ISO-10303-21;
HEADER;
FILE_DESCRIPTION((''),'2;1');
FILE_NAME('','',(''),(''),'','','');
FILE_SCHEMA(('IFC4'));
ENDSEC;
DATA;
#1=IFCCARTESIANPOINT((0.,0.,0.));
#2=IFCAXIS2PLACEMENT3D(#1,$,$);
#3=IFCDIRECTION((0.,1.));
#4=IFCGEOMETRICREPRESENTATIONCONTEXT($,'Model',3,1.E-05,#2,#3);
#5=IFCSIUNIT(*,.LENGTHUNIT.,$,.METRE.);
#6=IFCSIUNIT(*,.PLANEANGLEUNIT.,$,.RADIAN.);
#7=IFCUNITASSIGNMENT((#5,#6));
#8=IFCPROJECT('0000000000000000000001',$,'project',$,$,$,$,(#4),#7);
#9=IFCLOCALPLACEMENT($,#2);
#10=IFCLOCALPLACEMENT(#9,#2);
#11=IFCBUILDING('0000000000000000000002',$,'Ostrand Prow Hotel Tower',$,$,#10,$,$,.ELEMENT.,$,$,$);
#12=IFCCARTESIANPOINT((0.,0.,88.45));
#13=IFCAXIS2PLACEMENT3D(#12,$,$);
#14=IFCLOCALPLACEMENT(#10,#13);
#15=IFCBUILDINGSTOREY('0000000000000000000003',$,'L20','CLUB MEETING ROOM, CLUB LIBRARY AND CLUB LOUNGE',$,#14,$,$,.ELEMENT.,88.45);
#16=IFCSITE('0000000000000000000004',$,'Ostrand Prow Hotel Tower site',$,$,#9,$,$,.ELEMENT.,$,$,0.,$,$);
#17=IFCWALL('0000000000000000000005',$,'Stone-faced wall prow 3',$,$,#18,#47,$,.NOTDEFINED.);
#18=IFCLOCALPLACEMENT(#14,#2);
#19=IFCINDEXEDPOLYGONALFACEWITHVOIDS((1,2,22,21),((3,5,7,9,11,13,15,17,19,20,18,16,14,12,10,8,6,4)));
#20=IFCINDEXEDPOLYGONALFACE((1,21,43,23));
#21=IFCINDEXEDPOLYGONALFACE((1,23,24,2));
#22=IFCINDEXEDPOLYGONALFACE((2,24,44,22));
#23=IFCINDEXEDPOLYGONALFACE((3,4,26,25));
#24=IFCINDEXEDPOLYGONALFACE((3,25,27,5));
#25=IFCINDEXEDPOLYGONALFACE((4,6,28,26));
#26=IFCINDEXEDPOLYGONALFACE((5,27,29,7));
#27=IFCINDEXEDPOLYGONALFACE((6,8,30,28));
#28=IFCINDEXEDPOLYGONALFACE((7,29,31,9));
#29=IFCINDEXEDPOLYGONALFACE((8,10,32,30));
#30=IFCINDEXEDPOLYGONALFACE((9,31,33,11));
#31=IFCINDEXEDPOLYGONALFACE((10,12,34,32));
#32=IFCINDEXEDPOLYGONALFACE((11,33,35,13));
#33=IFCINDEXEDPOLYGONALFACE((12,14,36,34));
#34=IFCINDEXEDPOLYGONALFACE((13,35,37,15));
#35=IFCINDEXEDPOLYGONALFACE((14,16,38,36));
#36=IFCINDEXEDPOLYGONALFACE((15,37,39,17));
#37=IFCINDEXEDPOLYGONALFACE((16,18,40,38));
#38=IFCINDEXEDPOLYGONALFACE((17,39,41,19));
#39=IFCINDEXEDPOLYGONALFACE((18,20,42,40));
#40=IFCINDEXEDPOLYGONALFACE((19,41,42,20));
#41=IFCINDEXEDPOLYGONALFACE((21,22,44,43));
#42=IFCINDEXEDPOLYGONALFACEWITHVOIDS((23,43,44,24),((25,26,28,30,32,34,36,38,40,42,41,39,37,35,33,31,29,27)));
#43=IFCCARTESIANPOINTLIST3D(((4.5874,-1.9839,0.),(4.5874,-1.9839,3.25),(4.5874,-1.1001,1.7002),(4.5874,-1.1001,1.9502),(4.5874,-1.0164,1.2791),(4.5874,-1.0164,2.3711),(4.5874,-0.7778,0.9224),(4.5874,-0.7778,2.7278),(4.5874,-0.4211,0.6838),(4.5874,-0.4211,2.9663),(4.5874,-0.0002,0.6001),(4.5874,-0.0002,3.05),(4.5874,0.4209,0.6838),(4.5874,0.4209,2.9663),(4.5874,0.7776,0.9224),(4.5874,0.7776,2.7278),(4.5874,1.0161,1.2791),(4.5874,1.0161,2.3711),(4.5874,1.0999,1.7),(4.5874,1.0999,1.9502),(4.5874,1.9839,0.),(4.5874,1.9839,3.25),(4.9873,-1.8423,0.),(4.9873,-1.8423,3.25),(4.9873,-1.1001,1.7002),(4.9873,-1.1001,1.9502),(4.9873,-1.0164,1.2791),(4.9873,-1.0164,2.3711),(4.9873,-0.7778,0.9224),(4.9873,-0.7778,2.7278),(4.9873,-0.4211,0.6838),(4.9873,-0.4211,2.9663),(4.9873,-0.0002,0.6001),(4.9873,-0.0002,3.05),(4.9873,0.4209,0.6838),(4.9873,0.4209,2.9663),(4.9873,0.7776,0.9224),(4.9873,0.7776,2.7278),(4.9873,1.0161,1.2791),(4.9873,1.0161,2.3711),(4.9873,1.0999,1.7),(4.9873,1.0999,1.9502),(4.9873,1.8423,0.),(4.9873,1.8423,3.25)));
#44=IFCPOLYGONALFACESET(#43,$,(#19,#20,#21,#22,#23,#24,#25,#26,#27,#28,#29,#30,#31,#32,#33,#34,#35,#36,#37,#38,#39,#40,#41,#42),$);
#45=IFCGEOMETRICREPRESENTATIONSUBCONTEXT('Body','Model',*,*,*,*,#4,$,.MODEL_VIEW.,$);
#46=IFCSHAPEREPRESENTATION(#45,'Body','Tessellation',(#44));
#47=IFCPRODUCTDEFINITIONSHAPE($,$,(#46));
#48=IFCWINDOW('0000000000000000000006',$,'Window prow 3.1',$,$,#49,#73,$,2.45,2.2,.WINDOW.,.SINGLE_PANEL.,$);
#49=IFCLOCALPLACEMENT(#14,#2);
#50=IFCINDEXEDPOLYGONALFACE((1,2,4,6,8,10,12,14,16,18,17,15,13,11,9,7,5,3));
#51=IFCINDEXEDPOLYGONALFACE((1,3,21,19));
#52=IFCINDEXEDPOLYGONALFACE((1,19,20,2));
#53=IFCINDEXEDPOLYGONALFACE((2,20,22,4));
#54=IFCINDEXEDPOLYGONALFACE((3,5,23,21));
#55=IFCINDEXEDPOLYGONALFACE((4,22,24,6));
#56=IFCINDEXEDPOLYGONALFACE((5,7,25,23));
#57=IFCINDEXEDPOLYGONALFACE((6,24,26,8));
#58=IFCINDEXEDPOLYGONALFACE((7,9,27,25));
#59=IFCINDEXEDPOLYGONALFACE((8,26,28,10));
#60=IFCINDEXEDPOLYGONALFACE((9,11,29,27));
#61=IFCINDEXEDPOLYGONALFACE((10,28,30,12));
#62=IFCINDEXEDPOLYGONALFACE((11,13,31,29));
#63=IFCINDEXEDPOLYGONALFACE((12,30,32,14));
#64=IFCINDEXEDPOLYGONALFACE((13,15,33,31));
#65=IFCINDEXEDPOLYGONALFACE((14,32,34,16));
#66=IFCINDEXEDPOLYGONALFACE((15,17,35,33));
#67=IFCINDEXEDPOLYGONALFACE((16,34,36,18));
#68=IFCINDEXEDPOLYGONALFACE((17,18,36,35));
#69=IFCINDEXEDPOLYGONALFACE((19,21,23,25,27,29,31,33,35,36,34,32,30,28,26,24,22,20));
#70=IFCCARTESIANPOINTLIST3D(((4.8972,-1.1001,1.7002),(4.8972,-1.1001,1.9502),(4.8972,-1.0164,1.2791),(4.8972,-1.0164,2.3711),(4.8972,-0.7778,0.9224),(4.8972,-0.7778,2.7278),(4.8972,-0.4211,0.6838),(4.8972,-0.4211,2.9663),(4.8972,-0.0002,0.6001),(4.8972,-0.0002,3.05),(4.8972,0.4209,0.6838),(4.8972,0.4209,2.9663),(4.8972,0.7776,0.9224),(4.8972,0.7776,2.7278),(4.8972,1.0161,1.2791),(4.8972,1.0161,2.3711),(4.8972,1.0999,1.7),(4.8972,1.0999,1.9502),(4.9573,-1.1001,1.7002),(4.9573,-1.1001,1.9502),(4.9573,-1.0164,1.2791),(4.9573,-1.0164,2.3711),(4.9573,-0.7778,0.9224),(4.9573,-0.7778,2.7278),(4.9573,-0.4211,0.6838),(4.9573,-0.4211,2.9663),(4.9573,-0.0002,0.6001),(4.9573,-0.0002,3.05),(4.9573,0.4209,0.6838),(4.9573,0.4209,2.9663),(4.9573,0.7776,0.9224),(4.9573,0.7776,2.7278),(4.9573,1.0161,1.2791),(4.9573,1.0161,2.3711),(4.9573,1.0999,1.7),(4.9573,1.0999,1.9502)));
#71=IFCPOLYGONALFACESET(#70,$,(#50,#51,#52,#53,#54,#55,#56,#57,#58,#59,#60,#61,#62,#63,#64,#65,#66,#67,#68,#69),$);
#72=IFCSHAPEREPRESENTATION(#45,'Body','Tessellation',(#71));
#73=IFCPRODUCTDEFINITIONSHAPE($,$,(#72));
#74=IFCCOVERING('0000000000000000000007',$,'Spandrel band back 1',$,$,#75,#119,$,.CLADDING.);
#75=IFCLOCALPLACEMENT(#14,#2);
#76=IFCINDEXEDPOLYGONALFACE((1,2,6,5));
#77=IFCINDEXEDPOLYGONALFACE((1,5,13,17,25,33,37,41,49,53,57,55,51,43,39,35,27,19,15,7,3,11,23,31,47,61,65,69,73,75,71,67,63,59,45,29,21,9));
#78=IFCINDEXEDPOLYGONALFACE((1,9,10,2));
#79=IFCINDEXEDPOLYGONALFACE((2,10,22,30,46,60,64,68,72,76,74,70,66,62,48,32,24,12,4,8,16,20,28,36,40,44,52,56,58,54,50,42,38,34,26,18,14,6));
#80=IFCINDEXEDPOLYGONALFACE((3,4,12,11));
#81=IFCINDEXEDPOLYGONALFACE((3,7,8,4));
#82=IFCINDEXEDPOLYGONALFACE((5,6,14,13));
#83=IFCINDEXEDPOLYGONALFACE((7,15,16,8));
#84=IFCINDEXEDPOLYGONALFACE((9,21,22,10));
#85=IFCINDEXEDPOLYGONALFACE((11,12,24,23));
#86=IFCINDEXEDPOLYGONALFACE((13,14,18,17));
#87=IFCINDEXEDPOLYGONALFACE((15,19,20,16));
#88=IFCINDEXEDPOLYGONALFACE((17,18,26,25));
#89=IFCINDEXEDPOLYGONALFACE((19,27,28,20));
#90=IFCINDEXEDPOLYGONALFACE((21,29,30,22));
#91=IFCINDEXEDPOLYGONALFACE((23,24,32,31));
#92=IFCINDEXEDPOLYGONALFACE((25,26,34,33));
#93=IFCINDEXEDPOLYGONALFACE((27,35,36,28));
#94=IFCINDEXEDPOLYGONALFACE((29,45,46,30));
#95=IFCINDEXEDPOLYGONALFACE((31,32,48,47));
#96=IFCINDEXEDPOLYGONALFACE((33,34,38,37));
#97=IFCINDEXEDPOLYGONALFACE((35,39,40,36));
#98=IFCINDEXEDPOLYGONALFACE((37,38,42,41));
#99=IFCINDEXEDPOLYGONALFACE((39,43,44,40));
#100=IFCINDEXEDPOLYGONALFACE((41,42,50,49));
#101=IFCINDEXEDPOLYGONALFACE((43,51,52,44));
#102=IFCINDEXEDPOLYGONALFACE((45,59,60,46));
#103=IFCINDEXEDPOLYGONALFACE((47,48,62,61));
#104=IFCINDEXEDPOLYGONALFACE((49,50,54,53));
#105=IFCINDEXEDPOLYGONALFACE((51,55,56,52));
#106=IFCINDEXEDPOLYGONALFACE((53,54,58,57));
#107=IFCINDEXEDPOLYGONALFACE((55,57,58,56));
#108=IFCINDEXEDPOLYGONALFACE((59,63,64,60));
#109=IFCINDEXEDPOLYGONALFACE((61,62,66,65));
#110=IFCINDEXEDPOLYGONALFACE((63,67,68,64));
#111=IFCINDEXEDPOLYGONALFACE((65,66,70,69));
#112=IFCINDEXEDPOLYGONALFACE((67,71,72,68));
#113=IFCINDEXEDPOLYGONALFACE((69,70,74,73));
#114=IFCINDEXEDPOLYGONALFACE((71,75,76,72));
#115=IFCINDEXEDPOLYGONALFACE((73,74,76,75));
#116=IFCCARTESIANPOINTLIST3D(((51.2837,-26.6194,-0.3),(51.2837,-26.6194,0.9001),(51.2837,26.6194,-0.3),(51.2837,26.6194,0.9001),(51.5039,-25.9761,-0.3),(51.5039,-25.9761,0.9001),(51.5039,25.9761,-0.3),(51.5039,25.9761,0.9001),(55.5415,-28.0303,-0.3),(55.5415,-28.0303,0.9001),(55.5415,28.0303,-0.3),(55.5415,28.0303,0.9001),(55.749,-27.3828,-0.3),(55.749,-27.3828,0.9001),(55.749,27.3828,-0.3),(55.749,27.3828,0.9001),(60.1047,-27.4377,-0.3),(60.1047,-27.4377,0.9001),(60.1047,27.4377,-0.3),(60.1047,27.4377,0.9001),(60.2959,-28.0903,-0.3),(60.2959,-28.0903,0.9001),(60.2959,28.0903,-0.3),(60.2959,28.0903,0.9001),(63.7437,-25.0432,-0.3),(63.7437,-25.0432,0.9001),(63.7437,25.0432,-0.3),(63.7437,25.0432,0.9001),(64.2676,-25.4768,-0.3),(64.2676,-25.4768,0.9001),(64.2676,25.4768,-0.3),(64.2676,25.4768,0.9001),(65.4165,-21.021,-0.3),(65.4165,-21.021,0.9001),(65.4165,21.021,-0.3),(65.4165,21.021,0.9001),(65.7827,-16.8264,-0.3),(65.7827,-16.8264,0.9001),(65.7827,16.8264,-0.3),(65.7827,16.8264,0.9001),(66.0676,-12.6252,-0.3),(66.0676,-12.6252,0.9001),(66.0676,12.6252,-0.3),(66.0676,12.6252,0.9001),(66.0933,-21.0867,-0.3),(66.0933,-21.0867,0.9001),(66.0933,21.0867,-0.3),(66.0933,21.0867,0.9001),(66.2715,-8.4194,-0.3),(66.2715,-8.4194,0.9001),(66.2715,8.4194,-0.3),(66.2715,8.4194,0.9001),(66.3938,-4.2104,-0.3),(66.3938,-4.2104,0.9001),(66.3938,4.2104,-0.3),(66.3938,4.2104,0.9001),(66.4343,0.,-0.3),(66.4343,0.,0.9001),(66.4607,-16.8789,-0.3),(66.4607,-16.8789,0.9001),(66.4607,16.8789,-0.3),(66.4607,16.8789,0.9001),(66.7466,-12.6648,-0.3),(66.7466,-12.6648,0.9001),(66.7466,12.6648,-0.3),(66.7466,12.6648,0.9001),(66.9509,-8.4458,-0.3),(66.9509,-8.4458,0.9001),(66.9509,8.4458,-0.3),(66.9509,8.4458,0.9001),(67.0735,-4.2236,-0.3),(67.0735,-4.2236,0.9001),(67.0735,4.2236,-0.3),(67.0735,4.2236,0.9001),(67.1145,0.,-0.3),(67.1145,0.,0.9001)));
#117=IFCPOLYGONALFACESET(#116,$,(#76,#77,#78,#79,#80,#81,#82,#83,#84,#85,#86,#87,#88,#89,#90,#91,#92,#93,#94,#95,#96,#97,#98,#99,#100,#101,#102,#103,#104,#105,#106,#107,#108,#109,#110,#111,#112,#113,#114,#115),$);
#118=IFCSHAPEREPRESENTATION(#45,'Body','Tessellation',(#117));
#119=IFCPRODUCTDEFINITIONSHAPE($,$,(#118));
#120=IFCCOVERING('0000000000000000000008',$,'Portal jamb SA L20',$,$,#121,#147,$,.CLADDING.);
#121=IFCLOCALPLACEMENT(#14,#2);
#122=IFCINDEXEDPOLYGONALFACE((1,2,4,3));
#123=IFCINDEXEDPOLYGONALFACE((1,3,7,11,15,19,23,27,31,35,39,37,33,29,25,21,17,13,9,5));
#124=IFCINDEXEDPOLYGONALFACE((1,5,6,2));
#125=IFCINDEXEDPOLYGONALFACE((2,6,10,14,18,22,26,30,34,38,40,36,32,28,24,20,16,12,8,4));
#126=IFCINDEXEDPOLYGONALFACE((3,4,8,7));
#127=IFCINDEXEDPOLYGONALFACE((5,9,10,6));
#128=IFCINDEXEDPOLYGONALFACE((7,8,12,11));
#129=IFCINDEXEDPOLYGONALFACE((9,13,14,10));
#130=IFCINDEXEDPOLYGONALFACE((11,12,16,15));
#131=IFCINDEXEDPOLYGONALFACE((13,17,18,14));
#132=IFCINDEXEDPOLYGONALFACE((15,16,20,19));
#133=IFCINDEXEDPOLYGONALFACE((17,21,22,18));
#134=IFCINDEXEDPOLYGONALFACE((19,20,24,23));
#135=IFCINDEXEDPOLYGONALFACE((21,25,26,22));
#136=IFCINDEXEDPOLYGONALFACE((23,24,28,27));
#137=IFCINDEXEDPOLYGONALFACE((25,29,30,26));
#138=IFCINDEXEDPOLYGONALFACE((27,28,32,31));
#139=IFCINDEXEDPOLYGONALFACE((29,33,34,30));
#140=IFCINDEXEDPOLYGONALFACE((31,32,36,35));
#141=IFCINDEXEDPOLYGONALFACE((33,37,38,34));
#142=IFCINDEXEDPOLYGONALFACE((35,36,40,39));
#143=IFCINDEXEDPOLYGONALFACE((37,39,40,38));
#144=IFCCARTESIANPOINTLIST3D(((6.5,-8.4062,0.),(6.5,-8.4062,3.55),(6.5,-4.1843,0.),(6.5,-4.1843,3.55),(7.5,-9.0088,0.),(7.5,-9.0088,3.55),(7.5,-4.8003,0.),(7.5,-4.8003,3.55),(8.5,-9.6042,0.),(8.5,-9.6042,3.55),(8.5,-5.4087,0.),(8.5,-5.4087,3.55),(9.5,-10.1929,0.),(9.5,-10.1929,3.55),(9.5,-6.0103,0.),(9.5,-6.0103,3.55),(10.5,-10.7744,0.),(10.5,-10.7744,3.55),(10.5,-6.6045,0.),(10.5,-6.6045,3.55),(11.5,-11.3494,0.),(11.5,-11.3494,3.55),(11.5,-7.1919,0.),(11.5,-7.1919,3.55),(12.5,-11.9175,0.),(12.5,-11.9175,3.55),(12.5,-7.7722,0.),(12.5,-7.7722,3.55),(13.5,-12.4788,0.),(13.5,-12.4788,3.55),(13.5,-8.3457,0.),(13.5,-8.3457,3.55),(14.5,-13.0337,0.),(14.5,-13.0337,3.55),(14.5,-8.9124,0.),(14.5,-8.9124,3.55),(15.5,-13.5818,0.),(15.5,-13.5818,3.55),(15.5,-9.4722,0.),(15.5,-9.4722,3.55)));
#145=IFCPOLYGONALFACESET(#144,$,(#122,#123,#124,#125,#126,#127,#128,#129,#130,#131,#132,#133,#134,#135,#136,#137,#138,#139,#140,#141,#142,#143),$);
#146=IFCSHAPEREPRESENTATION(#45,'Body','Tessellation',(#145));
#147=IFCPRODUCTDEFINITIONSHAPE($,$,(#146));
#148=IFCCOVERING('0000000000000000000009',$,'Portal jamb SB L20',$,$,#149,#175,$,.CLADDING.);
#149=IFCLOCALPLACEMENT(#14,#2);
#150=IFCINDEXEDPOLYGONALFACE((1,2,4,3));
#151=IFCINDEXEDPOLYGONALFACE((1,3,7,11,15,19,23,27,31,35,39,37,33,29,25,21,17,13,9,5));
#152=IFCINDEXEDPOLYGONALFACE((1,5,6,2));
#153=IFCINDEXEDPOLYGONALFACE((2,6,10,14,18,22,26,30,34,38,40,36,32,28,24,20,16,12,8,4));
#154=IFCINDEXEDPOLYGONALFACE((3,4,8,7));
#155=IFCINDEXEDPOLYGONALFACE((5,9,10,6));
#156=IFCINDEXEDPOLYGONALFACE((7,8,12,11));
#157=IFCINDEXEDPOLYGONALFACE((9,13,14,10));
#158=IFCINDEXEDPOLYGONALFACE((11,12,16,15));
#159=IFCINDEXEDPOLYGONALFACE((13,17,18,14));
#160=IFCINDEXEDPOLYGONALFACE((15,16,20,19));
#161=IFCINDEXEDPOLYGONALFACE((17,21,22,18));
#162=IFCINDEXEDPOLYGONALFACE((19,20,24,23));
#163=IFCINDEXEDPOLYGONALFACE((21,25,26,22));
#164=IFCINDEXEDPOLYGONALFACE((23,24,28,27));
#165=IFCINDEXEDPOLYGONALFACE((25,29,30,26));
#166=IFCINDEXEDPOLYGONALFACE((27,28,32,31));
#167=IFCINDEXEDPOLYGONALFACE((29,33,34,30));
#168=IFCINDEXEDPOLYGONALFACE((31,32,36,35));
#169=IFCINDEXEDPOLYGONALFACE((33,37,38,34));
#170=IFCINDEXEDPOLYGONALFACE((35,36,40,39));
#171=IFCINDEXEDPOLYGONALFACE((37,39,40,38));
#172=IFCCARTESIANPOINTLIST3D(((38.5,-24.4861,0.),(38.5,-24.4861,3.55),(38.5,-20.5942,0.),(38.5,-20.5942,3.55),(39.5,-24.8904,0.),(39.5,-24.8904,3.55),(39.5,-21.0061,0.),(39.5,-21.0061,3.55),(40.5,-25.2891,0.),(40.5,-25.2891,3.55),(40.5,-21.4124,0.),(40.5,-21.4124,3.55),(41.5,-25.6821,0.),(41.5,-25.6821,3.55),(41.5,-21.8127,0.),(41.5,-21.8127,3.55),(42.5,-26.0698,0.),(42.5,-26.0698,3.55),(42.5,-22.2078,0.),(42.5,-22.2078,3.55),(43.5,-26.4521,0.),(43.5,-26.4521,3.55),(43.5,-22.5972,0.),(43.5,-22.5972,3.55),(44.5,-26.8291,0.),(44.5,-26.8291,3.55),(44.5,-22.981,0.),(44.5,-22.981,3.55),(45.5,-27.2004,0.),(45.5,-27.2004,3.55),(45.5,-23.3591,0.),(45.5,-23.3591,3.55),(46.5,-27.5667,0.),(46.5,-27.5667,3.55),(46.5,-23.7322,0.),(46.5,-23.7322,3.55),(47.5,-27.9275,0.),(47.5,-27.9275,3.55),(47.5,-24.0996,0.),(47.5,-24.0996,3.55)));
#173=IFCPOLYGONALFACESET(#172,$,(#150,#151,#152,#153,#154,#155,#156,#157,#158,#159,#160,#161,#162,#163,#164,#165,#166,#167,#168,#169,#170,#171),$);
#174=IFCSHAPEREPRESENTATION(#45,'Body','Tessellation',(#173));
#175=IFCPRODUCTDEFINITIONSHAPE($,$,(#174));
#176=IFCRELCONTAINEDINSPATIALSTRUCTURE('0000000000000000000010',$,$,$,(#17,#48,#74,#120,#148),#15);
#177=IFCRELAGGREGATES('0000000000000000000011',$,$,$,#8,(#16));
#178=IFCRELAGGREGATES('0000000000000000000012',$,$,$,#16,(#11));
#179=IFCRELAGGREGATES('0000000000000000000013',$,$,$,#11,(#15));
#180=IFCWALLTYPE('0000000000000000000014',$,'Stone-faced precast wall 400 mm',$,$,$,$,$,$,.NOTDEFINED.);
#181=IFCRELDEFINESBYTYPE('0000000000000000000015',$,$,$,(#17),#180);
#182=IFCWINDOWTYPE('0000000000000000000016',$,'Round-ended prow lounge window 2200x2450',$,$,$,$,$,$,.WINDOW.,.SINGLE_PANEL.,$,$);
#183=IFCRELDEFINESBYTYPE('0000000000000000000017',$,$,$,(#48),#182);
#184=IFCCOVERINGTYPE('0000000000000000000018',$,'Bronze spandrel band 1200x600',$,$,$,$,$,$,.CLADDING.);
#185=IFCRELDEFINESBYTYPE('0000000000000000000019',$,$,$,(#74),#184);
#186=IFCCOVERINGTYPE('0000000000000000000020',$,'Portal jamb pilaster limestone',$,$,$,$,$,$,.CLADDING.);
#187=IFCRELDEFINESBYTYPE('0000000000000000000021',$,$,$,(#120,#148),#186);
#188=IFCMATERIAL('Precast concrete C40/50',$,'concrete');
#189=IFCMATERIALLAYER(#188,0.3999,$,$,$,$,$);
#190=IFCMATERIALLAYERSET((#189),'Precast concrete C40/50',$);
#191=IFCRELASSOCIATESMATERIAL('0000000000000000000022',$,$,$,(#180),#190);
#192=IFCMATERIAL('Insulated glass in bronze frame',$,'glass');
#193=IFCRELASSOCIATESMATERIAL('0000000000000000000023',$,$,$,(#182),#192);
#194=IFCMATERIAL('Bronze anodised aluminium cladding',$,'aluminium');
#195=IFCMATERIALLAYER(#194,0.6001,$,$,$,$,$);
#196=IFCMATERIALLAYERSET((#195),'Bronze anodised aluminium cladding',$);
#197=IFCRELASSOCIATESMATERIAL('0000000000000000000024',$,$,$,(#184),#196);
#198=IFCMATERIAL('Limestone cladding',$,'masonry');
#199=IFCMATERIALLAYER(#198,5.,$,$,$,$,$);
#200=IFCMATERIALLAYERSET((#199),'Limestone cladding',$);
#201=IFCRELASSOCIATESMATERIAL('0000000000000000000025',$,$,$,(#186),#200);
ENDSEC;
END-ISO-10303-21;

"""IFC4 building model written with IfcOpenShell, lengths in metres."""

from ifc_helpers import new_model, si_unit, direction, frame, origin, place, context, subcontext, project, spatial, polyline, outline, extrude, material, layer, layer_set, type_object, element, fill, save


model = new_model("IFC4")

# Units and contexts
model_context = context("Model", 3, precision=1e-05, world=origin(), true_north=direction((0.0, 1.0)))
body_context = subcontext(model_context, "Body", "Model", "MODEL_VIEW")
ifc_project = project(units=[si_unit("LENGTHUNIT", "METRE"), si_unit("PLANEANGLEUNIT", "RADIAN")], contexts=[model_context])

# Site, building, storey
site_placement = place(None, origin())
site = spatial("IfcSite", under=ifc_project, at=site_placement, Name="Ostrand Prow Hotel Tower site", CompositionType="ELEMENT", RefElevation=0.0)
building_placement = place(site_placement, origin())
building = spatial("IfcBuilding", under=site, at=building_placement, Name="Ostrand Prow Hotel Tower", CompositionType="ELEMENT")
storey_placement = place(building_placement, frame((0.0, 0.0, 88.45)))
storey = spatial("IfcBuildingStorey", under=building, at=storey_placement, Name="L20", Description="CLUB MEETING ROOM, CLUB LIBRARY AND CLUB LOUNGE", CompositionType="ELEMENT", Elevation=88.45)

# Wall, opening, window
ifc_material_1 = material(Name="Precast concrete C40/50", Category="concrete")
ifc_layer_1 = layer(ifc_material_1, 0.3999)
ifc_layer_set_1 = layer_set([ifc_layer_1], Name="Precast concrete C40/50")
wall_type_1 = type_object("IfcWallType", Name="Stone-faced precast wall 400 mm", PredefinedType="NOTDEFINED", material=ifc_layer_set_1)
ifc_material_2 = material(Name="Insulated glass in bronze frame", Category="glass")
window_type = type_object("IfcWindowType", Name="Round-ended prow lounge window 2200x2450", PartitioningType="SINGLE_PANEL", PredefinedType="WINDOW", material=ifc_material_2)
wall_1_placement = place(storey_placement, frame((4.7874, 1.9131, 0.0), z_axis=(0.0, 0.0, 1.0), x_axis=(0.0, -1.0, 0.0)))
wall_1 = element("IfcWall", 1, at=wall_1_placement, inside=storey, type_object=wall_type_1, Name="Stone-faced wall prow 3", PredefinedType="NOTDEFINED", context=body_context, shape_type="SweptSolid", body=[
    extrude(outline(polyline([(-0.0708, -0.2), (3.897, -0.2), (3.7554, 0.2), (0.0708, 0.2), (-0.0708, -0.2)])), origin(), (0.0, 0.0, 1.0), 3.25),
])
opening_1_placement = place(wall_1_placement, frame((0.8132, 0.0, 0.6001)))
opening_1 = element("IfcOpeningElement", 2, at=opening_1_placement, cuts=wall_1, PredefinedType="OPENING", context=body_context, shape_type="SweptSolid", body=[
    extrude(outline(polyline([(0.0, 1.3501), (0.0837, 1.771), (0.3223, 2.1277), (0.679, 2.3662), (1.1001, 2.45), (1.521, 2.3662), (1.8777, 2.1277), (2.1162, 1.771), (2.2, 1.3501), (2.2, 1.1001), (2.1162, 0.679), (1.8777, 0.3223), (1.521, 0.0837), (1.1001, 0.0), (0.679, 0.0837), (0.3223, 0.3223), (0.0837, 0.679), (0.0, 1.0999), (0.0, 1.3501)])), frame((0.0, 0.21, 0.0), z_axis=(0.0, -1.0, 0.0), x_axis=(1.0, 0.0, 0.0)), (0.0, 0.0, 1.0), 0.4199),
])
window_1_placement = place(opening_1_placement, origin())
window_1 = element("IfcWindow", 3, at=window_1_placement, inside=storey, type_object=window_type, Name="Window prow 3.1", OverallHeight=2.45, OverallWidth=2.2, PartitioningType="SINGLE_PANEL", PredefinedType="WINDOW", context=body_context, shape_type="SweptSolid", body=[
    extrude(outline(polyline([(0.0, 1.3501), (0.0837, 1.771), (0.3223, 2.1277), (0.679, 2.3662), (1.1001, 2.45), (1.521, 2.3662), (1.8777, 2.1277), (2.1162, 1.771), (2.2, 1.3501), (2.2, 1.1001), (2.1162, 0.679), (1.8777, 0.3223), (1.521, 0.0837), (1.1001, 0.0), (0.679, 0.0837), (0.3223, 0.3223), (0.0837, 0.679), (0.0, 1.0999), (0.0, 1.3501)])), frame((0.0, 0.1699, 0.0), z_axis=(0.0, -1.0, 0.0), x_axis=(1.0, 0.0, 0.0)), (0.0, 0.0, 1.0), 0.0601),
])
fill(opening_1, window_1)

# Coverings
ifc_material_3 = material(Name="Bronze anodised aluminium cladding", Category="aluminium")
ifc_layer_2 = layer(ifc_material_3, 0.6001)
ifc_layer_set_2 = layer_set([ifc_layer_2], Name="Bronze anodised aluminium cladding")
covering_type_1 = type_object("IfcCoveringType", Name="Bronze spandrel band 1200x600", PredefinedType="CLADDING", material=ifc_layer_set_2)
covering_1_placement = place(storey_placement, frame((0.0, 0.0, -0.3)))
element("IfcCovering", 4, at=covering_1_placement, inside=storey, type_object=covering_type_1, Name="Spandrel band back 1", PredefinedType="CLADDING", context=body_context, shape_type="SweptSolid", body=[
    extrude(outline(polyline([(51.2837, -26.6194), (55.5415, -28.0303), (60.2959, -28.0903), (64.2676, -25.4768), (66.0933, -21.0867), (66.4607, -16.8789), (66.7466, -12.6648), (66.9509, -8.4458), (67.0735, -4.2236), (67.1145, 0.0), (67.0735, 4.2236), (66.9509, 8.4458), (66.7466, 12.6648), (66.4607, 16.8789), (66.0933, 21.0867), (64.2676, 25.4768), (60.2959, 28.0903), (55.5415, 28.0303), (51.2837, 26.6194), (51.5039, 25.9761), (55.749, 27.3828), (60.1047, 27.4377), (63.7437, 25.0432), (65.4165, 21.021), (65.7827, 16.8264), (66.0676, 12.6252), (66.2715, 8.4194), (66.3938, 4.2104), (66.4343, 0.0), (66.3938, -4.2104), (66.2715, -8.4194), (66.0676, -12.6252), (65.7827, -16.8264), (65.4165, -21.021), (63.7437, -25.0432), (60.1047, -27.4377), (55.749, -27.3828), (51.5039, -25.9761), (51.2837, -26.6194)])), origin(), (0.0, 0.0, 1.0), 1.2002),
])
ifc_material_4 = material(Name="Limestone cladding", Category="masonry")
ifc_layer_3 = layer(ifc_material_4, 5.0)
ifc_layer_set_3 = layer_set([ifc_layer_3], Name="Limestone cladding")
covering_type_2 = type_object("IfcCoveringType", Name="Portal jamb pilaster limestone", PredefinedType="CLADDING", material=ifc_layer_set_3)
covering_2_placement = place(storey_placement, origin())
element("IfcCovering", 5, at=covering_2_placement, inside=storey, type_object=covering_type_2, Name="Portal jamb SA L20", PredefinedType="CLADDING", context=body_context, shape_type="SweptSolid", body=[
    extrude(outline(polyline([(6.5, -4.1843), (6.5, -8.4062), (7.5, -9.0088), (8.5, -9.6042), (9.5, -10.1929), (10.5, -10.7744), (11.5, -11.3494), (12.5, -11.9175), (13.5, -12.4788), (14.5, -13.0337), (15.5, -13.5818), (15.5, -9.4722), (14.5, -8.9124), (13.5, -8.3457), (12.5, -7.7722), (11.5, -7.1919), (10.5, -6.6045), (9.5, -6.0103), (8.5, -5.4087), (7.5, -4.8003), (6.5, -4.1843)])), origin(), (0.0, 0.0, 1.0), 3.55),
])
covering_3_placement = place(storey_placement, origin())
element("IfcCovering", 6, at=covering_3_placement, inside=storey, type_object=covering_type_2, Name="Portal jamb SB L20", PredefinedType="CLADDING", context=body_context, shape_type="SweptSolid", body=[
    extrude(outline(polyline([(38.5, -20.5942), (38.5, -24.4861), (39.5, -24.8904), (40.5, -25.2891), (41.5, -25.6821), (42.5, -26.0698), (43.5, -26.4521), (44.5, -26.8291), (45.5, -27.2004), (46.5, -27.5667), (47.5, -27.9275), (47.5, -24.0996), (46.5, -23.7322), (45.5, -23.3591), (44.5, -22.981), (43.5, -22.5972), (42.5, -22.2078), (41.5, -21.8127), (40.5, -21.4124), (39.5, -21.0061), (38.5, -20.5942)])), origin(), (0.0, 0.0, 1.0), 3.55),
])

save(model, "model.ifc")
